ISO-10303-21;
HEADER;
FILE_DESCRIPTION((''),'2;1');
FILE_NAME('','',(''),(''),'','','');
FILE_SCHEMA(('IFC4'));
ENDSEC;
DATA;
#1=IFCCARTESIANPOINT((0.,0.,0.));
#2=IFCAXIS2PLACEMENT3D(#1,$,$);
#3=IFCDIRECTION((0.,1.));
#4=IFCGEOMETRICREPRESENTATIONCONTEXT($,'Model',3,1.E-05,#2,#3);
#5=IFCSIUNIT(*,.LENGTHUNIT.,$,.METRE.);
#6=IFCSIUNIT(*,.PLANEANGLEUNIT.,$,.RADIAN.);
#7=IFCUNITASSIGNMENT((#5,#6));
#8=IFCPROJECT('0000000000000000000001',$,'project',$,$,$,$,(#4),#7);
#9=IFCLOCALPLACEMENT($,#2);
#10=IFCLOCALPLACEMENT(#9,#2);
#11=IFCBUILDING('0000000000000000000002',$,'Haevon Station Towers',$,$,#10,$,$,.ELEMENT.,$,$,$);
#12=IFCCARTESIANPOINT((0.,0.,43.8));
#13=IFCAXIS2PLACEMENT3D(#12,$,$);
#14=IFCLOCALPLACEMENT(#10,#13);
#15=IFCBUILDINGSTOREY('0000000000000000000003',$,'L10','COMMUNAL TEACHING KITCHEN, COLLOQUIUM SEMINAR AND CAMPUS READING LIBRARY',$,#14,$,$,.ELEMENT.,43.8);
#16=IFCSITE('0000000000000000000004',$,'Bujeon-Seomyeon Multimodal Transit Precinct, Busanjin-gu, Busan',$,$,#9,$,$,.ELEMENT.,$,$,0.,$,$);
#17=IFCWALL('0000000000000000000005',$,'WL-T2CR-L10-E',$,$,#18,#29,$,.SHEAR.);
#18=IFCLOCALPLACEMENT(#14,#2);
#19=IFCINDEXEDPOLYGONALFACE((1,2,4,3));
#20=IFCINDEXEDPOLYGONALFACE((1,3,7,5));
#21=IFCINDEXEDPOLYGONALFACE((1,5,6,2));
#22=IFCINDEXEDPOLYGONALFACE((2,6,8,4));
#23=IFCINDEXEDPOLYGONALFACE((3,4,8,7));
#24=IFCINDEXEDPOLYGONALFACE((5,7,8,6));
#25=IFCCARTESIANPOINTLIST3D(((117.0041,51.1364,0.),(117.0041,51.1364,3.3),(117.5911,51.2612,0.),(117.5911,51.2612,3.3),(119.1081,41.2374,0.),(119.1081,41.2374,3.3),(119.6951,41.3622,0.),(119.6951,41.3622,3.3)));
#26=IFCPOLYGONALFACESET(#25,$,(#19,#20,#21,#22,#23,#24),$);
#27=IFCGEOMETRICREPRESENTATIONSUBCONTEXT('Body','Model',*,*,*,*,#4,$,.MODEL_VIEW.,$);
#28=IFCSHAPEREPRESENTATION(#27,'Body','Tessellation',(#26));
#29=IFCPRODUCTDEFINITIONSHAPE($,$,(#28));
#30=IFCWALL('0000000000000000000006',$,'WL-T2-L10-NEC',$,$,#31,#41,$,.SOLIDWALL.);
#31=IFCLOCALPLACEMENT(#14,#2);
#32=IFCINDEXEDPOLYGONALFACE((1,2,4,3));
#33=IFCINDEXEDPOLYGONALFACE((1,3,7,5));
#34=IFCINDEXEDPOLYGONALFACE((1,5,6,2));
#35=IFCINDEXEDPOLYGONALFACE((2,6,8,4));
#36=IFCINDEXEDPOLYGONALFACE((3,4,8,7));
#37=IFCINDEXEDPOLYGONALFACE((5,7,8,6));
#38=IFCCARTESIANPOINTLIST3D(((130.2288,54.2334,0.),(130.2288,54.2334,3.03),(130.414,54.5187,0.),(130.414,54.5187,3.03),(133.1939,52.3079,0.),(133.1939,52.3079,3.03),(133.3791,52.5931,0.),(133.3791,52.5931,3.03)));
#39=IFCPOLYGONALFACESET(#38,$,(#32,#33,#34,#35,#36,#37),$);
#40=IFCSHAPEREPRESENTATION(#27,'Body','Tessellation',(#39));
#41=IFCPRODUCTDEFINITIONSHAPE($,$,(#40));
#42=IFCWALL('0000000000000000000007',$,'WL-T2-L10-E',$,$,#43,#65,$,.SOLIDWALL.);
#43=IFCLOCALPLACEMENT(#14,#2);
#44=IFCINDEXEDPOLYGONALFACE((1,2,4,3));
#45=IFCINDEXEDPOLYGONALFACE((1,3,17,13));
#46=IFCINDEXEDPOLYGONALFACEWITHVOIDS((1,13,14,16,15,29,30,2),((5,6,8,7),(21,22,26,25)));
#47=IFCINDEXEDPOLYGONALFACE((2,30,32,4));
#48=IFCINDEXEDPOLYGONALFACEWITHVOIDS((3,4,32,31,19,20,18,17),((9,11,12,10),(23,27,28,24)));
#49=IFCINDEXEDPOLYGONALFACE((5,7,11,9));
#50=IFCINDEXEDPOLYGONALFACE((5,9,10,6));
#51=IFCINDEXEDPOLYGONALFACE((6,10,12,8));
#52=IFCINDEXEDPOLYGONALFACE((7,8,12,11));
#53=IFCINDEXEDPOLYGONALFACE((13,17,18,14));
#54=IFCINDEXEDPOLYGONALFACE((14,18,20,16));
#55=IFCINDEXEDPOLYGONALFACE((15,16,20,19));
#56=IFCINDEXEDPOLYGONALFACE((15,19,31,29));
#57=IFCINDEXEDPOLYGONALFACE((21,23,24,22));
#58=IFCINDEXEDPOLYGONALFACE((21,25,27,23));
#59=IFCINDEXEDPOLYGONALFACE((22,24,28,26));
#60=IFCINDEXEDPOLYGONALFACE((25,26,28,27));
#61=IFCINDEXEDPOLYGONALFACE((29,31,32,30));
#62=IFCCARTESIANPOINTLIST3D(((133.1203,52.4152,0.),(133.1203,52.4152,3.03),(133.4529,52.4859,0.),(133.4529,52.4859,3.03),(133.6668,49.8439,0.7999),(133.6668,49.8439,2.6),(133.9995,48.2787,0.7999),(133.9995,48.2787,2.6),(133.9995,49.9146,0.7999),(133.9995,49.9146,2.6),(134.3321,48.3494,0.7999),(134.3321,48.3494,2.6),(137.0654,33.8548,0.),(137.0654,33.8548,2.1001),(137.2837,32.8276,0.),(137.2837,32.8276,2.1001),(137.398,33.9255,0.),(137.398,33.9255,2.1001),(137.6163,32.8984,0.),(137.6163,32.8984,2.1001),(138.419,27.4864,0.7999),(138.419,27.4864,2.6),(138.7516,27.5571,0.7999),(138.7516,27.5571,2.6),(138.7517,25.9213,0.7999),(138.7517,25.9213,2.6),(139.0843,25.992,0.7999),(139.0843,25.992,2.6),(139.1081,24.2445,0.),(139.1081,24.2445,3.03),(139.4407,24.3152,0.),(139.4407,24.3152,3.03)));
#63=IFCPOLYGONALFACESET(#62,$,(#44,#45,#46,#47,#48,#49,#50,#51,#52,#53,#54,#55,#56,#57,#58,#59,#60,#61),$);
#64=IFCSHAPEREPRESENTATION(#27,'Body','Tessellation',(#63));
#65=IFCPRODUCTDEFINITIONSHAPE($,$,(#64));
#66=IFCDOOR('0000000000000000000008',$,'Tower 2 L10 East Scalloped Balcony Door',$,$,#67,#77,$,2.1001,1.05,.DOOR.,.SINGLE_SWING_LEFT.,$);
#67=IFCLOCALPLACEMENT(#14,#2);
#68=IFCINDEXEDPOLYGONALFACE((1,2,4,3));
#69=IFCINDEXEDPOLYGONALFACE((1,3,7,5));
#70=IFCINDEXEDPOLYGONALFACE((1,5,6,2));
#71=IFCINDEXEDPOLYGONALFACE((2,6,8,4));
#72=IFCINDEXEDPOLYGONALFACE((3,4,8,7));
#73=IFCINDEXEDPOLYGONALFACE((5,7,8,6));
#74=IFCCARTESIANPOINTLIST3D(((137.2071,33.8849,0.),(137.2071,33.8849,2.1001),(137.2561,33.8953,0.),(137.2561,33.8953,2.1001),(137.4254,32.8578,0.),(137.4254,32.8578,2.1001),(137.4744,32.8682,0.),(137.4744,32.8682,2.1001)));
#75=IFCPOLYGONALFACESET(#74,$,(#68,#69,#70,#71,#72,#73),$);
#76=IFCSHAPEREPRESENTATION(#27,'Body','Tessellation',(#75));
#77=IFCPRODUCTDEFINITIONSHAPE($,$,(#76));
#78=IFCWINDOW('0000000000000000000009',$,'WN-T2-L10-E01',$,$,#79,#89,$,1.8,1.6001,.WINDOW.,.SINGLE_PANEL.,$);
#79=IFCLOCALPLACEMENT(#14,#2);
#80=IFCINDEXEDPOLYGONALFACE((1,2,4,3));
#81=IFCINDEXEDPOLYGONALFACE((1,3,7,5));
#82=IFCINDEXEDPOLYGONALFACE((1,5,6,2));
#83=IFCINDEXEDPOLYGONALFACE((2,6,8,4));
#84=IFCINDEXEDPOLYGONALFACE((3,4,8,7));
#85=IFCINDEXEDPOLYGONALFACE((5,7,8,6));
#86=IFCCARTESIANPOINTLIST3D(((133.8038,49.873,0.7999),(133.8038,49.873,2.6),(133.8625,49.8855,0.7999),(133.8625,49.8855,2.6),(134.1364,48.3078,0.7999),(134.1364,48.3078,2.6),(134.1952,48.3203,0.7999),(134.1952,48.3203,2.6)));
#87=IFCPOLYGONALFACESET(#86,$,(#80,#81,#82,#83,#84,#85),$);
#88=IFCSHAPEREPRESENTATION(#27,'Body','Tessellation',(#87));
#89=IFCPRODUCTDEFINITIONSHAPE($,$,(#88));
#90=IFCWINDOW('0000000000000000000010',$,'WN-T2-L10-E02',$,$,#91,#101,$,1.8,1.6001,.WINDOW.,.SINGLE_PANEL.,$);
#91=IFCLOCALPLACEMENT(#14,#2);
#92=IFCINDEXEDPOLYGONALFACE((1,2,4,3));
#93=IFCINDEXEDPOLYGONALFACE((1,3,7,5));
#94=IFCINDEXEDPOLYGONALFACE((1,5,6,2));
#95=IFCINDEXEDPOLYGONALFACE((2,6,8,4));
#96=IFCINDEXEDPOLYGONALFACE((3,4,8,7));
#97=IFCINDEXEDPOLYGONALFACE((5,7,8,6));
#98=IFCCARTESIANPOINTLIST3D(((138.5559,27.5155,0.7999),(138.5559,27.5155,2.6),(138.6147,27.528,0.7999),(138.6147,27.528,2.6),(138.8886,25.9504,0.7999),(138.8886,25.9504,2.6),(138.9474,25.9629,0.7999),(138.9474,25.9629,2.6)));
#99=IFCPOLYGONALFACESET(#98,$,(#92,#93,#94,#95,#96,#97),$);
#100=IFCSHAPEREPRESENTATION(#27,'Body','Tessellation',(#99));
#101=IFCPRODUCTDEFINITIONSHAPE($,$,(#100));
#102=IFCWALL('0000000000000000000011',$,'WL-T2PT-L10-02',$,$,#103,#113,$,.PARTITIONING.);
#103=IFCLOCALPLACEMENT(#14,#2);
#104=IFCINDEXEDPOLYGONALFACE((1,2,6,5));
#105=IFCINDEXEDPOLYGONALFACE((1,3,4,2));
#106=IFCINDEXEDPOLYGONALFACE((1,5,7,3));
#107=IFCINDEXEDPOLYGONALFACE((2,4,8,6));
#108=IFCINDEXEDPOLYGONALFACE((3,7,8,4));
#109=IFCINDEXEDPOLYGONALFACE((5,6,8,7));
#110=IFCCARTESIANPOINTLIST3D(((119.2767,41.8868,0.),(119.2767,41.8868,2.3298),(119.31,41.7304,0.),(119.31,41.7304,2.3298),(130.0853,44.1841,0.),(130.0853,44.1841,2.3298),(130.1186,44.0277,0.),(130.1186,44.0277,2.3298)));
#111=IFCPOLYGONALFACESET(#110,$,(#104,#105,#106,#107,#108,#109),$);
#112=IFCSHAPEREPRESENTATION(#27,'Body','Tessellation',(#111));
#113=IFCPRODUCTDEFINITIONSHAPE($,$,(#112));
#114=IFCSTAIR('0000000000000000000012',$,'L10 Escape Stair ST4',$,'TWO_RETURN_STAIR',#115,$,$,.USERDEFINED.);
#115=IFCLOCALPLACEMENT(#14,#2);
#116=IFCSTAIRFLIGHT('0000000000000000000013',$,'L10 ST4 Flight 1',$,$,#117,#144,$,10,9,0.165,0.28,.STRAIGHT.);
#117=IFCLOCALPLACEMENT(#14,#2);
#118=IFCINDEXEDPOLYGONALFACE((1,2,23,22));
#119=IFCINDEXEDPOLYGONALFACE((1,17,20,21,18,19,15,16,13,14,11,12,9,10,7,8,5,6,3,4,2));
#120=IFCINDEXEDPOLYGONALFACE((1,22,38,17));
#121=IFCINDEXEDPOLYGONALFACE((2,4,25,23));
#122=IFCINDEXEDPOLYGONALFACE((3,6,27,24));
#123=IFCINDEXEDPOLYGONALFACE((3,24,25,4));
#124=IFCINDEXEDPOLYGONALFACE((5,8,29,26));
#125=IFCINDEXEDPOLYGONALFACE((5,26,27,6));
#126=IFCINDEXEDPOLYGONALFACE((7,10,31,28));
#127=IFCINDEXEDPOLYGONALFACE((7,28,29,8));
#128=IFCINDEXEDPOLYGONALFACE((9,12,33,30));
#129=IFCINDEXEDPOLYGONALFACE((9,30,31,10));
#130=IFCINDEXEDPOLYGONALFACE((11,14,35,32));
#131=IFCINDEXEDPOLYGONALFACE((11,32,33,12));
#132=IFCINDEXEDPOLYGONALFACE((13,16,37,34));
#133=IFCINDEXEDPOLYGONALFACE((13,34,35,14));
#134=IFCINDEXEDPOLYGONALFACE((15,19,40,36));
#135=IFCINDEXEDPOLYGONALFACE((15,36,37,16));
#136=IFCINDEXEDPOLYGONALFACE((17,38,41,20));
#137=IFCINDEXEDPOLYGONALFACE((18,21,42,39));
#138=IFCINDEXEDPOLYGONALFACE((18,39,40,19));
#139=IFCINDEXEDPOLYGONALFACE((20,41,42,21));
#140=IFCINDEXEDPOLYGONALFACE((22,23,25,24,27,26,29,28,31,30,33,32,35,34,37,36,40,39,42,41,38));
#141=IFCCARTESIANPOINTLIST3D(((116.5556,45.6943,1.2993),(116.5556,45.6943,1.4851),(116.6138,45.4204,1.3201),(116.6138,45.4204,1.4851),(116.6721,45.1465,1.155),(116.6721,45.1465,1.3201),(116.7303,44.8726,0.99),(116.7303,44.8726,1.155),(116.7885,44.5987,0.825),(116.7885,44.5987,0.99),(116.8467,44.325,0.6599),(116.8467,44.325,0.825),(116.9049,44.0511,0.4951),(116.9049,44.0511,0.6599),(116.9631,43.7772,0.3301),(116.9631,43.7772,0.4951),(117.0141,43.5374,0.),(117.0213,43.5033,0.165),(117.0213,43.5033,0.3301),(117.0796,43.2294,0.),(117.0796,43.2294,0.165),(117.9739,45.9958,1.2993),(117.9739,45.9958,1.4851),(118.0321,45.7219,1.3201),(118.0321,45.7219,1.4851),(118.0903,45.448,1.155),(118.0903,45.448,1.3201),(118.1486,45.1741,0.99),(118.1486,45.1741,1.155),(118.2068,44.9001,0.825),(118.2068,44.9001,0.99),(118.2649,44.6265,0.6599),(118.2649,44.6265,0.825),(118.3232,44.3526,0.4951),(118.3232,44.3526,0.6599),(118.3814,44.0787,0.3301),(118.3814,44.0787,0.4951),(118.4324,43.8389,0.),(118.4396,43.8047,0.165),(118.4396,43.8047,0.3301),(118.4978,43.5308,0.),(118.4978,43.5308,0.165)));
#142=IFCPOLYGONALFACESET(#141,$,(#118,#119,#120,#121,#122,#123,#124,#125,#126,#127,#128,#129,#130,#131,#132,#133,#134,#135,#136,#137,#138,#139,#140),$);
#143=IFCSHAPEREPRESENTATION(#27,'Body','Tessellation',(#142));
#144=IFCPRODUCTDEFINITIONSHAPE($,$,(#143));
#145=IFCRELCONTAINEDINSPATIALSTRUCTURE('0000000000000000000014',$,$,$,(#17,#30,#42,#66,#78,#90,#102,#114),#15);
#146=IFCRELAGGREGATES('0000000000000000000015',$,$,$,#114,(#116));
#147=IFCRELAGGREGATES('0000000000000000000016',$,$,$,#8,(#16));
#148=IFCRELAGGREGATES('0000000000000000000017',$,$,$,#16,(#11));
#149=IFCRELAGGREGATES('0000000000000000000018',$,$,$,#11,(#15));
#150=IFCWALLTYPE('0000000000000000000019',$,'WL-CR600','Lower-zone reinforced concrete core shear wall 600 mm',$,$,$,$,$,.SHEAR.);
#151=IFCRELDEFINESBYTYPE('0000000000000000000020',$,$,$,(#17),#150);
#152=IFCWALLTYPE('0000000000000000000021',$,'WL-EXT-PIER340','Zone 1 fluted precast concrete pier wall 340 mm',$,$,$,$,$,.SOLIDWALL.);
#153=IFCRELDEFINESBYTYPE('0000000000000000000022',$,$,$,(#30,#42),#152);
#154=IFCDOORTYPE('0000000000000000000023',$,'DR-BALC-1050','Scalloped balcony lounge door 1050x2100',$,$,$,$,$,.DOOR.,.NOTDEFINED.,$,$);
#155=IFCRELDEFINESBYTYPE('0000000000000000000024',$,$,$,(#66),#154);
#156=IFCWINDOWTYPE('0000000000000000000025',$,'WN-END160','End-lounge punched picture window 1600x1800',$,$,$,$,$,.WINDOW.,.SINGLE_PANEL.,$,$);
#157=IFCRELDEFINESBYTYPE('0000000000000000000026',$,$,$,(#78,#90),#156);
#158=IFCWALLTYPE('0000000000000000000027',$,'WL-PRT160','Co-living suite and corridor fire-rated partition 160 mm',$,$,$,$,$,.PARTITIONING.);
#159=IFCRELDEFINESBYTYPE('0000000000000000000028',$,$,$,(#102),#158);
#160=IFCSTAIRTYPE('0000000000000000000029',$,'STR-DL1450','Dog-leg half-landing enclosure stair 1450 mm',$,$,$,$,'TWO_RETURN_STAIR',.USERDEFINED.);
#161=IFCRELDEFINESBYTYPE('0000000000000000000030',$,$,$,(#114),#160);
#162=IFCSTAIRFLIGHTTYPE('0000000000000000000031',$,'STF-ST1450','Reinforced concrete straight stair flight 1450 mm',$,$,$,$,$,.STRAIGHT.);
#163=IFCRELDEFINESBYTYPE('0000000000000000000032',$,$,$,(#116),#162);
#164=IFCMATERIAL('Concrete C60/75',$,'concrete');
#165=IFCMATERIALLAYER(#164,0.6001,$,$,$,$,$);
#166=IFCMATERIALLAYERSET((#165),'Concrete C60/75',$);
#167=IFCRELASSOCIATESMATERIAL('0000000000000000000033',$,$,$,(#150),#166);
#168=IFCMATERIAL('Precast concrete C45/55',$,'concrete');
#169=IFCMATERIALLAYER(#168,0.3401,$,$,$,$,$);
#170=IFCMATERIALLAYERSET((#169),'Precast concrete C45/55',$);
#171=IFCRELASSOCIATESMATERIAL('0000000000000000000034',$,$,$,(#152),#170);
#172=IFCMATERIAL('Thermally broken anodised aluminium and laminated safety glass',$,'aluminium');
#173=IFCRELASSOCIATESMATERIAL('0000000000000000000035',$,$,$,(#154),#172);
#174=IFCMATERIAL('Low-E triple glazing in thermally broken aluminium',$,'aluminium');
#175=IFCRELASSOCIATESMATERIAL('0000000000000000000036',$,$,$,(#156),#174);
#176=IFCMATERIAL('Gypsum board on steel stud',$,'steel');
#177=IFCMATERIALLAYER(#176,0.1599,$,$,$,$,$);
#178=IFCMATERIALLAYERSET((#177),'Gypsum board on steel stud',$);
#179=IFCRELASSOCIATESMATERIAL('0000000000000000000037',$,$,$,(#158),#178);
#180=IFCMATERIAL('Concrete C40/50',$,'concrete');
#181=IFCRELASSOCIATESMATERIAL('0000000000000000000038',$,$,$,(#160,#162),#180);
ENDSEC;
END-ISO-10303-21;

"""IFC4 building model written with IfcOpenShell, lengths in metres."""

from ifc_helpers import new_model, si_unit, direction, frame, frame_2d, origin, place, context, subcontext, project, spatial, polyline, rectangle, outline, extrude, material, layer, layer_set, type_object, element, fill, aggregate, save


model = new_model("IFC4")

# Units and contexts
model_context = context("Model", 3, precision=1e-05, world=origin(), true_north=direction((0.0, 1.0)))
body_context = subcontext(model_context, "Body", "Model", "MODEL_VIEW")
ifc_project = project(units=[si_unit("LENGTHUNIT", "METRE"), si_unit("PLANEANGLEUNIT", "RADIAN")], contexts=[model_context])

# Site, building, storey
site_placement = place(None, origin())
site = spatial("IfcSite", under=ifc_project, at=site_placement, Name="Bujeon-Seomyeon Multimodal Transit Precinct, Busanjin-gu, Busan", CompositionType="ELEMENT", RefElevation=0.0)
building_placement = place(site_placement, origin())
building = spatial("IfcBuilding", under=site, at=building_placement, Name="Haevon Station Towers", CompositionType="ELEMENT")
storey_placement = place(building_placement, frame((0.0, 0.0, 43.8)))
storey = spatial("IfcBuildingStorey", under=building, at=storey_placement, Name="L10", Description="COMMUNAL TEACHING KITCHEN, COLLOQUIUM SEMINAR AND CAMPUS READING LIBRARY", CompositionType="ELEMENT", Elevation=43.8)

# Walls
ifc_material_1 = material(Name="Concrete C60/75", Category="concrete")
ifc_layer_1 = layer(ifc_material_1, 0.6001)
ifc_layer_set_1 = layer_set([ifc_layer_1], Name="Concrete C60/75")
wall_type_1 = type_object("IfcWallType", Name="WL-CR600", Description="Lower-zone reinforced concrete core shear wall 600 mm", PredefinedType="SHEAR", material=ifc_layer_set_1)
wall_1_placement = place(storey_placement, frame((119.4016, 41.2998, 0.0), z_axis=(0.0, 0.0, 1.0), x_axis=(-0.207904, 0.978149, 0.0)))
element("IfcWall", 1, at=wall_1_placement, inside=storey, type_object=wall_type_1, Name="WL-T2CR-L10-E", PredefinedType="SHEAR", context=body_context, shape_type="SweptSolid", body=[
    extrude(rectangle(XDim=10.1201, YDim=0.6001, at=frame_2d((5.0601, 0.0))), origin(), (0.0, 0.0, 1.0), 3.3),
])
ifc_material_2 = material(Name="Precast concrete C45/55", Category="concrete")
ifc_layer_2 = layer(ifc_material_2, 0.3401)
ifc_layer_set_2 = layer_set([ifc_layer_2], Name="Precast concrete C45/55")
wall_type_2 = type_object("IfcWallType", Name="WL-EXT-PIER340", Description="Zone 1 fluted precast concrete pier wall 340 mm", PredefinedType="SOLIDWALL", material=ifc_layer_set_2)
wall_2_placement = place(storey_placement, frame((130.3215, 54.376, 0.0), z_axis=(0.0, 0.0, 1.0), x_axis=(0.838672, -0.544636, 0.0)))
element("IfcWall", 2, at=wall_2_placement, inside=storey, type_object=wall_type_2, Name="WL-T2-L10-NEC", PredefinedType="SOLIDWALL", context=body_context, shape_type="SweptSolid", body=[
    extrude(rectangle(XDim=3.5354, YDim=0.3401, at=frame_2d((1.7676, 0.0))), origin(), (0.0, 0.0, 1.0), 3.03),
])

# Wall, openings, door, windows
wall_3_placement = place(storey_placement, frame((133.2866, 52.4504, 0.0), z_axis=(0.0, 0.0, 1.0), x_axis=(0.20791, -0.978148, 0.0)))
wall_3 = element("IfcWall", 3, at=wall_3_placement, inside=storey, type_object=wall_type_2, Name="WL-T2-L10-E", PredefinedType="SOLIDWALL", context=body_context, shape_type="SweptSolid", body=[
    extrude(rectangle(XDim=28.8, YDim=0.3401, at=frame_2d((14.3999, 0.0))), origin(), (0.0, 0.0, 1.0), 3.03),
])
opening_1_placement = place(wall_3_placement, frame((18.9751, 0.0, 0.0)))
opening_1 = element("IfcOpeningElement", 4, at=opening_1_placement, cuts=wall_3, PredefinedType="OPENING", context=body_context, shape_type="SweptSolid", body=[
    extrude(rectangle(XDim=1.05, YDim=2.1001, at=frame_2d((0.5249, 1.05))), frame((0.0, 0.1799, 0.0), z_axis=(0.0, -1.0, 0.0), x_axis=(1.0, 0.0, 0.0)), (0.0, 0.0, 1.0), 0.3601),
])
opening_2_placement = place(wall_3_placement, frame((2.6287, 0.0, 0.8)))
opening_2 = element("IfcOpeningElement", 5, at=opening_2_placement, cuts=wall_3, PredefinedType="OPENING", context=body_context, shape_type="SweptSolid", body=[
    extrude(rectangle(XDim=1.6001, YDim=1.8, at=frame_2d((0.8, 0.8999))), frame((0.0, 0.1799, 0.0), z_axis=(0.0, -1.0, 0.0), x_axis=(1.0, 0.0, 0.0)), (0.0, 0.0, 1.0), 0.3601),
])
opening_3_placement = place(wall_3_placement, frame((25.4856, 0.0, 0.8)))
opening_3 = element("IfcOpeningElement", 6, at=opening_3_placement, cuts=wall_3, PredefinedType="OPENING", context=body_context, shape_type="SweptSolid", body=[
    extrude(rectangle(XDim=1.6001, YDim=1.8, at=frame_2d((0.8, 0.8999))), frame((0.0, 0.1799, 0.0), z_axis=(0.0, -1.0, 0.0), x_axis=(1.0, 0.0, 0.0)), (0.0, 0.0, 1.0), 0.3601),
])
ifc_material_3 = material(Name="Thermally broken anodised aluminium and laminated safety glass", Category="aluminium")
door_type = type_object("IfcDoorType", Name="DR-BALC-1050", Description="Scalloped balcony lounge door 1050x2100", OperationType="NOTDEFINED", PredefinedType="DOOR", material=ifc_material_3)
door_placement = place(opening_1_placement, origin())
door = element("IfcDoor", 7, at=door_placement, inside=storey, type_object=door_type, Name="Tower 2 L10 East Scalloped Balcony Door", OperationType="SINGLE_SWING_LEFT", OverallHeight=2.1001, OverallWidth=1.05, PredefinedType="DOOR", context=body_context, shape_type="SweptSolid", body=[
    extrude(rectangle(XDim=1.05, YDim=2.1001, at=frame_2d((0.5249, 1.05))), frame((0.0, 0.0249, 0.0), z_axis=(0.0, -1.0, 0.0), x_axis=(1.0, 0.0, 0.0)), (0.0, 0.0, 1.0), 0.05),
])
fill(opening_1, door)
ifc_material_4 = material(Name="Low-E triple glazing in thermally broken aluminium", Category="aluminium")
window_type = type_object("IfcWindowType", Name="WN-END160", Description="End-lounge punched picture window 1600x1800", PartitioningType="SINGLE_PANEL", PredefinedType="WINDOW", material=ifc_material_4)
window_1_placement = place(opening_2_placement, origin())
window_1 = element("IfcWindow", 8, at=window_1_placement, inside=storey, type_object=window_type, Name="WN-T2-L10-E01", OverallHeight=1.8, OverallWidth=1.6001, PartitioningType="SINGLE_PANEL", PredefinedType="WINDOW", context=body_context, shape_type="SweptSolid", body=[
    extrude(rectangle(XDim=1.6001, YDim=1.8, at=frame_2d((0.8, 0.8999))), frame((0.0, 0.03, 0.0), z_axis=(0.0, -1.0, 0.0), x_axis=(1.0, 0.0, 0.0)), (0.0, 0.0, 1.0), 0.0601),
])
fill(opening_2, window_1)
window_2_placement = place(opening_3_placement, origin())
window_2 = element("IfcWindow", 9, at=window_2_placement, inside=storey, type_object=window_type, Name="WN-T2-L10-E02", OverallHeight=1.8, OverallWidth=1.6001, PartitioningType="SINGLE_PANEL", PredefinedType="WINDOW", context=body_context, shape_type="SweptSolid", body=[
    extrude(rectangle(XDim=1.6001, YDim=1.8, at=frame_2d((0.8, 0.8999))), frame((0.0, 0.03, 0.0), z_axis=(0.0, -1.0, 0.0), x_axis=(1.0, 0.0, 0.0)), (0.0, 0.0, 1.0), 0.0601),
])
fill(opening_3, window_2)

# Wall
ifc_material_5 = material(Name="Gypsum board on steel stud", Category="steel")
ifc_layer_3 = layer(ifc_material_5, 0.1599)
ifc_layer_set_3 = layer_set([ifc_layer_3], Name="Gypsum board on steel stud")
wall_type_3 = type_object("IfcWallType", Name="WL-PRT160", Description="Co-living suite and corridor fire-rated partition 160 mm", PredefinedType="PARTITIONING", material=ifc_layer_set_3)
wall_4_placement = place(storey_placement, frame((119.2935, 41.8086, 0.0), z_axis=(0.0, 0.0, 1.0), x_axis=(0.978149, 0.207905, 0.0)))
element("IfcWall", 10, at=wall_4_placement, inside=storey, type_object=wall_type_3, Name="WL-T2PT-L10-02", PredefinedType="PARTITIONING", context=body_context, shape_type="SweptSolid", body=[
    extrude(rectangle(XDim=11.05, YDim=0.1599, at=frame_2d((5.5249, 0.0))), origin(), (0.0, 0.0, 1.0), 2.3298),
])

# Stair, stair flight
ifc_material_6 = material(Name="Concrete C40/50", Category="concrete")
stair_type = type_object("IfcStairType", Name="STR-DL1450", Description="Dog-leg half-landing enclosure stair 1450 mm", ElementType="TWO_RETURN_STAIR", PredefinedType="USERDEFINED", material=ifc_material_6)
stair_placement = place(storey_placement, origin())
stair = element("IfcStair", 11, at=stair_placement, inside=storey, type_object=stair_type, Name="L10 Escape Stair ST4", ObjectType="TWO_RETURN_STAIR", PredefinedType="USERDEFINED")
stair_flight_type = type_object("IfcStairFlightType", Name="STF-ST1450", Description="Reinforced concrete straight stair flight 1450 mm", PredefinedType="STRAIGHT", material=ifc_material_6)
stair_flight_placement = place(storey_placement, frame((117.7888, 43.3801, 0.0), z_axis=(0.0, 0.0, 1.0), x_axis=(-0.207912, 0.978148, 0.0)))
stair_flight = element("IfcStairFlight", 12, at=stair_flight_placement, type_object=stair_flight_type, Name="L10 ST4 Flight 1", NumberOfRisers=10, NumberOfTreads=9, PredefinedType="STRAIGHT", RiserHeight=0.165, TreadLength=0.28, context=body_context, shape_type="SweptSolid", body=[
    extrude(outline(polyline([(0.0, 0.0), (0.0, 0.165), (0.28, 0.165), (0.28, 0.3301), (0.5601, 0.3301), (0.5601, 0.4951), (0.8401, 0.4951), (0.8401, 0.6599), (1.1201, 0.6599), (1.1201, 0.825), (1.3999, 0.825), (1.3999, 0.99), (1.6799, 0.99), (1.6799, 1.155), (1.96, 1.155), (1.96, 1.3201), (2.24, 1.3201), (2.24, 1.4851), (2.52, 1.4851), (2.52, 1.6499), (2.52, 1.2993), (0.3149, 0.0), (0.0, 0.0)])), frame((0.0, 0.7251, 0.0), z_axis=(0.0, -1.0, 0.0), x_axis=(1.0, 0.0, 0.0)), (0.0, 0.0, 1.0), 1.45),
])
aggregate(stair, [stair_flight])

save(model, "model.ifc")
